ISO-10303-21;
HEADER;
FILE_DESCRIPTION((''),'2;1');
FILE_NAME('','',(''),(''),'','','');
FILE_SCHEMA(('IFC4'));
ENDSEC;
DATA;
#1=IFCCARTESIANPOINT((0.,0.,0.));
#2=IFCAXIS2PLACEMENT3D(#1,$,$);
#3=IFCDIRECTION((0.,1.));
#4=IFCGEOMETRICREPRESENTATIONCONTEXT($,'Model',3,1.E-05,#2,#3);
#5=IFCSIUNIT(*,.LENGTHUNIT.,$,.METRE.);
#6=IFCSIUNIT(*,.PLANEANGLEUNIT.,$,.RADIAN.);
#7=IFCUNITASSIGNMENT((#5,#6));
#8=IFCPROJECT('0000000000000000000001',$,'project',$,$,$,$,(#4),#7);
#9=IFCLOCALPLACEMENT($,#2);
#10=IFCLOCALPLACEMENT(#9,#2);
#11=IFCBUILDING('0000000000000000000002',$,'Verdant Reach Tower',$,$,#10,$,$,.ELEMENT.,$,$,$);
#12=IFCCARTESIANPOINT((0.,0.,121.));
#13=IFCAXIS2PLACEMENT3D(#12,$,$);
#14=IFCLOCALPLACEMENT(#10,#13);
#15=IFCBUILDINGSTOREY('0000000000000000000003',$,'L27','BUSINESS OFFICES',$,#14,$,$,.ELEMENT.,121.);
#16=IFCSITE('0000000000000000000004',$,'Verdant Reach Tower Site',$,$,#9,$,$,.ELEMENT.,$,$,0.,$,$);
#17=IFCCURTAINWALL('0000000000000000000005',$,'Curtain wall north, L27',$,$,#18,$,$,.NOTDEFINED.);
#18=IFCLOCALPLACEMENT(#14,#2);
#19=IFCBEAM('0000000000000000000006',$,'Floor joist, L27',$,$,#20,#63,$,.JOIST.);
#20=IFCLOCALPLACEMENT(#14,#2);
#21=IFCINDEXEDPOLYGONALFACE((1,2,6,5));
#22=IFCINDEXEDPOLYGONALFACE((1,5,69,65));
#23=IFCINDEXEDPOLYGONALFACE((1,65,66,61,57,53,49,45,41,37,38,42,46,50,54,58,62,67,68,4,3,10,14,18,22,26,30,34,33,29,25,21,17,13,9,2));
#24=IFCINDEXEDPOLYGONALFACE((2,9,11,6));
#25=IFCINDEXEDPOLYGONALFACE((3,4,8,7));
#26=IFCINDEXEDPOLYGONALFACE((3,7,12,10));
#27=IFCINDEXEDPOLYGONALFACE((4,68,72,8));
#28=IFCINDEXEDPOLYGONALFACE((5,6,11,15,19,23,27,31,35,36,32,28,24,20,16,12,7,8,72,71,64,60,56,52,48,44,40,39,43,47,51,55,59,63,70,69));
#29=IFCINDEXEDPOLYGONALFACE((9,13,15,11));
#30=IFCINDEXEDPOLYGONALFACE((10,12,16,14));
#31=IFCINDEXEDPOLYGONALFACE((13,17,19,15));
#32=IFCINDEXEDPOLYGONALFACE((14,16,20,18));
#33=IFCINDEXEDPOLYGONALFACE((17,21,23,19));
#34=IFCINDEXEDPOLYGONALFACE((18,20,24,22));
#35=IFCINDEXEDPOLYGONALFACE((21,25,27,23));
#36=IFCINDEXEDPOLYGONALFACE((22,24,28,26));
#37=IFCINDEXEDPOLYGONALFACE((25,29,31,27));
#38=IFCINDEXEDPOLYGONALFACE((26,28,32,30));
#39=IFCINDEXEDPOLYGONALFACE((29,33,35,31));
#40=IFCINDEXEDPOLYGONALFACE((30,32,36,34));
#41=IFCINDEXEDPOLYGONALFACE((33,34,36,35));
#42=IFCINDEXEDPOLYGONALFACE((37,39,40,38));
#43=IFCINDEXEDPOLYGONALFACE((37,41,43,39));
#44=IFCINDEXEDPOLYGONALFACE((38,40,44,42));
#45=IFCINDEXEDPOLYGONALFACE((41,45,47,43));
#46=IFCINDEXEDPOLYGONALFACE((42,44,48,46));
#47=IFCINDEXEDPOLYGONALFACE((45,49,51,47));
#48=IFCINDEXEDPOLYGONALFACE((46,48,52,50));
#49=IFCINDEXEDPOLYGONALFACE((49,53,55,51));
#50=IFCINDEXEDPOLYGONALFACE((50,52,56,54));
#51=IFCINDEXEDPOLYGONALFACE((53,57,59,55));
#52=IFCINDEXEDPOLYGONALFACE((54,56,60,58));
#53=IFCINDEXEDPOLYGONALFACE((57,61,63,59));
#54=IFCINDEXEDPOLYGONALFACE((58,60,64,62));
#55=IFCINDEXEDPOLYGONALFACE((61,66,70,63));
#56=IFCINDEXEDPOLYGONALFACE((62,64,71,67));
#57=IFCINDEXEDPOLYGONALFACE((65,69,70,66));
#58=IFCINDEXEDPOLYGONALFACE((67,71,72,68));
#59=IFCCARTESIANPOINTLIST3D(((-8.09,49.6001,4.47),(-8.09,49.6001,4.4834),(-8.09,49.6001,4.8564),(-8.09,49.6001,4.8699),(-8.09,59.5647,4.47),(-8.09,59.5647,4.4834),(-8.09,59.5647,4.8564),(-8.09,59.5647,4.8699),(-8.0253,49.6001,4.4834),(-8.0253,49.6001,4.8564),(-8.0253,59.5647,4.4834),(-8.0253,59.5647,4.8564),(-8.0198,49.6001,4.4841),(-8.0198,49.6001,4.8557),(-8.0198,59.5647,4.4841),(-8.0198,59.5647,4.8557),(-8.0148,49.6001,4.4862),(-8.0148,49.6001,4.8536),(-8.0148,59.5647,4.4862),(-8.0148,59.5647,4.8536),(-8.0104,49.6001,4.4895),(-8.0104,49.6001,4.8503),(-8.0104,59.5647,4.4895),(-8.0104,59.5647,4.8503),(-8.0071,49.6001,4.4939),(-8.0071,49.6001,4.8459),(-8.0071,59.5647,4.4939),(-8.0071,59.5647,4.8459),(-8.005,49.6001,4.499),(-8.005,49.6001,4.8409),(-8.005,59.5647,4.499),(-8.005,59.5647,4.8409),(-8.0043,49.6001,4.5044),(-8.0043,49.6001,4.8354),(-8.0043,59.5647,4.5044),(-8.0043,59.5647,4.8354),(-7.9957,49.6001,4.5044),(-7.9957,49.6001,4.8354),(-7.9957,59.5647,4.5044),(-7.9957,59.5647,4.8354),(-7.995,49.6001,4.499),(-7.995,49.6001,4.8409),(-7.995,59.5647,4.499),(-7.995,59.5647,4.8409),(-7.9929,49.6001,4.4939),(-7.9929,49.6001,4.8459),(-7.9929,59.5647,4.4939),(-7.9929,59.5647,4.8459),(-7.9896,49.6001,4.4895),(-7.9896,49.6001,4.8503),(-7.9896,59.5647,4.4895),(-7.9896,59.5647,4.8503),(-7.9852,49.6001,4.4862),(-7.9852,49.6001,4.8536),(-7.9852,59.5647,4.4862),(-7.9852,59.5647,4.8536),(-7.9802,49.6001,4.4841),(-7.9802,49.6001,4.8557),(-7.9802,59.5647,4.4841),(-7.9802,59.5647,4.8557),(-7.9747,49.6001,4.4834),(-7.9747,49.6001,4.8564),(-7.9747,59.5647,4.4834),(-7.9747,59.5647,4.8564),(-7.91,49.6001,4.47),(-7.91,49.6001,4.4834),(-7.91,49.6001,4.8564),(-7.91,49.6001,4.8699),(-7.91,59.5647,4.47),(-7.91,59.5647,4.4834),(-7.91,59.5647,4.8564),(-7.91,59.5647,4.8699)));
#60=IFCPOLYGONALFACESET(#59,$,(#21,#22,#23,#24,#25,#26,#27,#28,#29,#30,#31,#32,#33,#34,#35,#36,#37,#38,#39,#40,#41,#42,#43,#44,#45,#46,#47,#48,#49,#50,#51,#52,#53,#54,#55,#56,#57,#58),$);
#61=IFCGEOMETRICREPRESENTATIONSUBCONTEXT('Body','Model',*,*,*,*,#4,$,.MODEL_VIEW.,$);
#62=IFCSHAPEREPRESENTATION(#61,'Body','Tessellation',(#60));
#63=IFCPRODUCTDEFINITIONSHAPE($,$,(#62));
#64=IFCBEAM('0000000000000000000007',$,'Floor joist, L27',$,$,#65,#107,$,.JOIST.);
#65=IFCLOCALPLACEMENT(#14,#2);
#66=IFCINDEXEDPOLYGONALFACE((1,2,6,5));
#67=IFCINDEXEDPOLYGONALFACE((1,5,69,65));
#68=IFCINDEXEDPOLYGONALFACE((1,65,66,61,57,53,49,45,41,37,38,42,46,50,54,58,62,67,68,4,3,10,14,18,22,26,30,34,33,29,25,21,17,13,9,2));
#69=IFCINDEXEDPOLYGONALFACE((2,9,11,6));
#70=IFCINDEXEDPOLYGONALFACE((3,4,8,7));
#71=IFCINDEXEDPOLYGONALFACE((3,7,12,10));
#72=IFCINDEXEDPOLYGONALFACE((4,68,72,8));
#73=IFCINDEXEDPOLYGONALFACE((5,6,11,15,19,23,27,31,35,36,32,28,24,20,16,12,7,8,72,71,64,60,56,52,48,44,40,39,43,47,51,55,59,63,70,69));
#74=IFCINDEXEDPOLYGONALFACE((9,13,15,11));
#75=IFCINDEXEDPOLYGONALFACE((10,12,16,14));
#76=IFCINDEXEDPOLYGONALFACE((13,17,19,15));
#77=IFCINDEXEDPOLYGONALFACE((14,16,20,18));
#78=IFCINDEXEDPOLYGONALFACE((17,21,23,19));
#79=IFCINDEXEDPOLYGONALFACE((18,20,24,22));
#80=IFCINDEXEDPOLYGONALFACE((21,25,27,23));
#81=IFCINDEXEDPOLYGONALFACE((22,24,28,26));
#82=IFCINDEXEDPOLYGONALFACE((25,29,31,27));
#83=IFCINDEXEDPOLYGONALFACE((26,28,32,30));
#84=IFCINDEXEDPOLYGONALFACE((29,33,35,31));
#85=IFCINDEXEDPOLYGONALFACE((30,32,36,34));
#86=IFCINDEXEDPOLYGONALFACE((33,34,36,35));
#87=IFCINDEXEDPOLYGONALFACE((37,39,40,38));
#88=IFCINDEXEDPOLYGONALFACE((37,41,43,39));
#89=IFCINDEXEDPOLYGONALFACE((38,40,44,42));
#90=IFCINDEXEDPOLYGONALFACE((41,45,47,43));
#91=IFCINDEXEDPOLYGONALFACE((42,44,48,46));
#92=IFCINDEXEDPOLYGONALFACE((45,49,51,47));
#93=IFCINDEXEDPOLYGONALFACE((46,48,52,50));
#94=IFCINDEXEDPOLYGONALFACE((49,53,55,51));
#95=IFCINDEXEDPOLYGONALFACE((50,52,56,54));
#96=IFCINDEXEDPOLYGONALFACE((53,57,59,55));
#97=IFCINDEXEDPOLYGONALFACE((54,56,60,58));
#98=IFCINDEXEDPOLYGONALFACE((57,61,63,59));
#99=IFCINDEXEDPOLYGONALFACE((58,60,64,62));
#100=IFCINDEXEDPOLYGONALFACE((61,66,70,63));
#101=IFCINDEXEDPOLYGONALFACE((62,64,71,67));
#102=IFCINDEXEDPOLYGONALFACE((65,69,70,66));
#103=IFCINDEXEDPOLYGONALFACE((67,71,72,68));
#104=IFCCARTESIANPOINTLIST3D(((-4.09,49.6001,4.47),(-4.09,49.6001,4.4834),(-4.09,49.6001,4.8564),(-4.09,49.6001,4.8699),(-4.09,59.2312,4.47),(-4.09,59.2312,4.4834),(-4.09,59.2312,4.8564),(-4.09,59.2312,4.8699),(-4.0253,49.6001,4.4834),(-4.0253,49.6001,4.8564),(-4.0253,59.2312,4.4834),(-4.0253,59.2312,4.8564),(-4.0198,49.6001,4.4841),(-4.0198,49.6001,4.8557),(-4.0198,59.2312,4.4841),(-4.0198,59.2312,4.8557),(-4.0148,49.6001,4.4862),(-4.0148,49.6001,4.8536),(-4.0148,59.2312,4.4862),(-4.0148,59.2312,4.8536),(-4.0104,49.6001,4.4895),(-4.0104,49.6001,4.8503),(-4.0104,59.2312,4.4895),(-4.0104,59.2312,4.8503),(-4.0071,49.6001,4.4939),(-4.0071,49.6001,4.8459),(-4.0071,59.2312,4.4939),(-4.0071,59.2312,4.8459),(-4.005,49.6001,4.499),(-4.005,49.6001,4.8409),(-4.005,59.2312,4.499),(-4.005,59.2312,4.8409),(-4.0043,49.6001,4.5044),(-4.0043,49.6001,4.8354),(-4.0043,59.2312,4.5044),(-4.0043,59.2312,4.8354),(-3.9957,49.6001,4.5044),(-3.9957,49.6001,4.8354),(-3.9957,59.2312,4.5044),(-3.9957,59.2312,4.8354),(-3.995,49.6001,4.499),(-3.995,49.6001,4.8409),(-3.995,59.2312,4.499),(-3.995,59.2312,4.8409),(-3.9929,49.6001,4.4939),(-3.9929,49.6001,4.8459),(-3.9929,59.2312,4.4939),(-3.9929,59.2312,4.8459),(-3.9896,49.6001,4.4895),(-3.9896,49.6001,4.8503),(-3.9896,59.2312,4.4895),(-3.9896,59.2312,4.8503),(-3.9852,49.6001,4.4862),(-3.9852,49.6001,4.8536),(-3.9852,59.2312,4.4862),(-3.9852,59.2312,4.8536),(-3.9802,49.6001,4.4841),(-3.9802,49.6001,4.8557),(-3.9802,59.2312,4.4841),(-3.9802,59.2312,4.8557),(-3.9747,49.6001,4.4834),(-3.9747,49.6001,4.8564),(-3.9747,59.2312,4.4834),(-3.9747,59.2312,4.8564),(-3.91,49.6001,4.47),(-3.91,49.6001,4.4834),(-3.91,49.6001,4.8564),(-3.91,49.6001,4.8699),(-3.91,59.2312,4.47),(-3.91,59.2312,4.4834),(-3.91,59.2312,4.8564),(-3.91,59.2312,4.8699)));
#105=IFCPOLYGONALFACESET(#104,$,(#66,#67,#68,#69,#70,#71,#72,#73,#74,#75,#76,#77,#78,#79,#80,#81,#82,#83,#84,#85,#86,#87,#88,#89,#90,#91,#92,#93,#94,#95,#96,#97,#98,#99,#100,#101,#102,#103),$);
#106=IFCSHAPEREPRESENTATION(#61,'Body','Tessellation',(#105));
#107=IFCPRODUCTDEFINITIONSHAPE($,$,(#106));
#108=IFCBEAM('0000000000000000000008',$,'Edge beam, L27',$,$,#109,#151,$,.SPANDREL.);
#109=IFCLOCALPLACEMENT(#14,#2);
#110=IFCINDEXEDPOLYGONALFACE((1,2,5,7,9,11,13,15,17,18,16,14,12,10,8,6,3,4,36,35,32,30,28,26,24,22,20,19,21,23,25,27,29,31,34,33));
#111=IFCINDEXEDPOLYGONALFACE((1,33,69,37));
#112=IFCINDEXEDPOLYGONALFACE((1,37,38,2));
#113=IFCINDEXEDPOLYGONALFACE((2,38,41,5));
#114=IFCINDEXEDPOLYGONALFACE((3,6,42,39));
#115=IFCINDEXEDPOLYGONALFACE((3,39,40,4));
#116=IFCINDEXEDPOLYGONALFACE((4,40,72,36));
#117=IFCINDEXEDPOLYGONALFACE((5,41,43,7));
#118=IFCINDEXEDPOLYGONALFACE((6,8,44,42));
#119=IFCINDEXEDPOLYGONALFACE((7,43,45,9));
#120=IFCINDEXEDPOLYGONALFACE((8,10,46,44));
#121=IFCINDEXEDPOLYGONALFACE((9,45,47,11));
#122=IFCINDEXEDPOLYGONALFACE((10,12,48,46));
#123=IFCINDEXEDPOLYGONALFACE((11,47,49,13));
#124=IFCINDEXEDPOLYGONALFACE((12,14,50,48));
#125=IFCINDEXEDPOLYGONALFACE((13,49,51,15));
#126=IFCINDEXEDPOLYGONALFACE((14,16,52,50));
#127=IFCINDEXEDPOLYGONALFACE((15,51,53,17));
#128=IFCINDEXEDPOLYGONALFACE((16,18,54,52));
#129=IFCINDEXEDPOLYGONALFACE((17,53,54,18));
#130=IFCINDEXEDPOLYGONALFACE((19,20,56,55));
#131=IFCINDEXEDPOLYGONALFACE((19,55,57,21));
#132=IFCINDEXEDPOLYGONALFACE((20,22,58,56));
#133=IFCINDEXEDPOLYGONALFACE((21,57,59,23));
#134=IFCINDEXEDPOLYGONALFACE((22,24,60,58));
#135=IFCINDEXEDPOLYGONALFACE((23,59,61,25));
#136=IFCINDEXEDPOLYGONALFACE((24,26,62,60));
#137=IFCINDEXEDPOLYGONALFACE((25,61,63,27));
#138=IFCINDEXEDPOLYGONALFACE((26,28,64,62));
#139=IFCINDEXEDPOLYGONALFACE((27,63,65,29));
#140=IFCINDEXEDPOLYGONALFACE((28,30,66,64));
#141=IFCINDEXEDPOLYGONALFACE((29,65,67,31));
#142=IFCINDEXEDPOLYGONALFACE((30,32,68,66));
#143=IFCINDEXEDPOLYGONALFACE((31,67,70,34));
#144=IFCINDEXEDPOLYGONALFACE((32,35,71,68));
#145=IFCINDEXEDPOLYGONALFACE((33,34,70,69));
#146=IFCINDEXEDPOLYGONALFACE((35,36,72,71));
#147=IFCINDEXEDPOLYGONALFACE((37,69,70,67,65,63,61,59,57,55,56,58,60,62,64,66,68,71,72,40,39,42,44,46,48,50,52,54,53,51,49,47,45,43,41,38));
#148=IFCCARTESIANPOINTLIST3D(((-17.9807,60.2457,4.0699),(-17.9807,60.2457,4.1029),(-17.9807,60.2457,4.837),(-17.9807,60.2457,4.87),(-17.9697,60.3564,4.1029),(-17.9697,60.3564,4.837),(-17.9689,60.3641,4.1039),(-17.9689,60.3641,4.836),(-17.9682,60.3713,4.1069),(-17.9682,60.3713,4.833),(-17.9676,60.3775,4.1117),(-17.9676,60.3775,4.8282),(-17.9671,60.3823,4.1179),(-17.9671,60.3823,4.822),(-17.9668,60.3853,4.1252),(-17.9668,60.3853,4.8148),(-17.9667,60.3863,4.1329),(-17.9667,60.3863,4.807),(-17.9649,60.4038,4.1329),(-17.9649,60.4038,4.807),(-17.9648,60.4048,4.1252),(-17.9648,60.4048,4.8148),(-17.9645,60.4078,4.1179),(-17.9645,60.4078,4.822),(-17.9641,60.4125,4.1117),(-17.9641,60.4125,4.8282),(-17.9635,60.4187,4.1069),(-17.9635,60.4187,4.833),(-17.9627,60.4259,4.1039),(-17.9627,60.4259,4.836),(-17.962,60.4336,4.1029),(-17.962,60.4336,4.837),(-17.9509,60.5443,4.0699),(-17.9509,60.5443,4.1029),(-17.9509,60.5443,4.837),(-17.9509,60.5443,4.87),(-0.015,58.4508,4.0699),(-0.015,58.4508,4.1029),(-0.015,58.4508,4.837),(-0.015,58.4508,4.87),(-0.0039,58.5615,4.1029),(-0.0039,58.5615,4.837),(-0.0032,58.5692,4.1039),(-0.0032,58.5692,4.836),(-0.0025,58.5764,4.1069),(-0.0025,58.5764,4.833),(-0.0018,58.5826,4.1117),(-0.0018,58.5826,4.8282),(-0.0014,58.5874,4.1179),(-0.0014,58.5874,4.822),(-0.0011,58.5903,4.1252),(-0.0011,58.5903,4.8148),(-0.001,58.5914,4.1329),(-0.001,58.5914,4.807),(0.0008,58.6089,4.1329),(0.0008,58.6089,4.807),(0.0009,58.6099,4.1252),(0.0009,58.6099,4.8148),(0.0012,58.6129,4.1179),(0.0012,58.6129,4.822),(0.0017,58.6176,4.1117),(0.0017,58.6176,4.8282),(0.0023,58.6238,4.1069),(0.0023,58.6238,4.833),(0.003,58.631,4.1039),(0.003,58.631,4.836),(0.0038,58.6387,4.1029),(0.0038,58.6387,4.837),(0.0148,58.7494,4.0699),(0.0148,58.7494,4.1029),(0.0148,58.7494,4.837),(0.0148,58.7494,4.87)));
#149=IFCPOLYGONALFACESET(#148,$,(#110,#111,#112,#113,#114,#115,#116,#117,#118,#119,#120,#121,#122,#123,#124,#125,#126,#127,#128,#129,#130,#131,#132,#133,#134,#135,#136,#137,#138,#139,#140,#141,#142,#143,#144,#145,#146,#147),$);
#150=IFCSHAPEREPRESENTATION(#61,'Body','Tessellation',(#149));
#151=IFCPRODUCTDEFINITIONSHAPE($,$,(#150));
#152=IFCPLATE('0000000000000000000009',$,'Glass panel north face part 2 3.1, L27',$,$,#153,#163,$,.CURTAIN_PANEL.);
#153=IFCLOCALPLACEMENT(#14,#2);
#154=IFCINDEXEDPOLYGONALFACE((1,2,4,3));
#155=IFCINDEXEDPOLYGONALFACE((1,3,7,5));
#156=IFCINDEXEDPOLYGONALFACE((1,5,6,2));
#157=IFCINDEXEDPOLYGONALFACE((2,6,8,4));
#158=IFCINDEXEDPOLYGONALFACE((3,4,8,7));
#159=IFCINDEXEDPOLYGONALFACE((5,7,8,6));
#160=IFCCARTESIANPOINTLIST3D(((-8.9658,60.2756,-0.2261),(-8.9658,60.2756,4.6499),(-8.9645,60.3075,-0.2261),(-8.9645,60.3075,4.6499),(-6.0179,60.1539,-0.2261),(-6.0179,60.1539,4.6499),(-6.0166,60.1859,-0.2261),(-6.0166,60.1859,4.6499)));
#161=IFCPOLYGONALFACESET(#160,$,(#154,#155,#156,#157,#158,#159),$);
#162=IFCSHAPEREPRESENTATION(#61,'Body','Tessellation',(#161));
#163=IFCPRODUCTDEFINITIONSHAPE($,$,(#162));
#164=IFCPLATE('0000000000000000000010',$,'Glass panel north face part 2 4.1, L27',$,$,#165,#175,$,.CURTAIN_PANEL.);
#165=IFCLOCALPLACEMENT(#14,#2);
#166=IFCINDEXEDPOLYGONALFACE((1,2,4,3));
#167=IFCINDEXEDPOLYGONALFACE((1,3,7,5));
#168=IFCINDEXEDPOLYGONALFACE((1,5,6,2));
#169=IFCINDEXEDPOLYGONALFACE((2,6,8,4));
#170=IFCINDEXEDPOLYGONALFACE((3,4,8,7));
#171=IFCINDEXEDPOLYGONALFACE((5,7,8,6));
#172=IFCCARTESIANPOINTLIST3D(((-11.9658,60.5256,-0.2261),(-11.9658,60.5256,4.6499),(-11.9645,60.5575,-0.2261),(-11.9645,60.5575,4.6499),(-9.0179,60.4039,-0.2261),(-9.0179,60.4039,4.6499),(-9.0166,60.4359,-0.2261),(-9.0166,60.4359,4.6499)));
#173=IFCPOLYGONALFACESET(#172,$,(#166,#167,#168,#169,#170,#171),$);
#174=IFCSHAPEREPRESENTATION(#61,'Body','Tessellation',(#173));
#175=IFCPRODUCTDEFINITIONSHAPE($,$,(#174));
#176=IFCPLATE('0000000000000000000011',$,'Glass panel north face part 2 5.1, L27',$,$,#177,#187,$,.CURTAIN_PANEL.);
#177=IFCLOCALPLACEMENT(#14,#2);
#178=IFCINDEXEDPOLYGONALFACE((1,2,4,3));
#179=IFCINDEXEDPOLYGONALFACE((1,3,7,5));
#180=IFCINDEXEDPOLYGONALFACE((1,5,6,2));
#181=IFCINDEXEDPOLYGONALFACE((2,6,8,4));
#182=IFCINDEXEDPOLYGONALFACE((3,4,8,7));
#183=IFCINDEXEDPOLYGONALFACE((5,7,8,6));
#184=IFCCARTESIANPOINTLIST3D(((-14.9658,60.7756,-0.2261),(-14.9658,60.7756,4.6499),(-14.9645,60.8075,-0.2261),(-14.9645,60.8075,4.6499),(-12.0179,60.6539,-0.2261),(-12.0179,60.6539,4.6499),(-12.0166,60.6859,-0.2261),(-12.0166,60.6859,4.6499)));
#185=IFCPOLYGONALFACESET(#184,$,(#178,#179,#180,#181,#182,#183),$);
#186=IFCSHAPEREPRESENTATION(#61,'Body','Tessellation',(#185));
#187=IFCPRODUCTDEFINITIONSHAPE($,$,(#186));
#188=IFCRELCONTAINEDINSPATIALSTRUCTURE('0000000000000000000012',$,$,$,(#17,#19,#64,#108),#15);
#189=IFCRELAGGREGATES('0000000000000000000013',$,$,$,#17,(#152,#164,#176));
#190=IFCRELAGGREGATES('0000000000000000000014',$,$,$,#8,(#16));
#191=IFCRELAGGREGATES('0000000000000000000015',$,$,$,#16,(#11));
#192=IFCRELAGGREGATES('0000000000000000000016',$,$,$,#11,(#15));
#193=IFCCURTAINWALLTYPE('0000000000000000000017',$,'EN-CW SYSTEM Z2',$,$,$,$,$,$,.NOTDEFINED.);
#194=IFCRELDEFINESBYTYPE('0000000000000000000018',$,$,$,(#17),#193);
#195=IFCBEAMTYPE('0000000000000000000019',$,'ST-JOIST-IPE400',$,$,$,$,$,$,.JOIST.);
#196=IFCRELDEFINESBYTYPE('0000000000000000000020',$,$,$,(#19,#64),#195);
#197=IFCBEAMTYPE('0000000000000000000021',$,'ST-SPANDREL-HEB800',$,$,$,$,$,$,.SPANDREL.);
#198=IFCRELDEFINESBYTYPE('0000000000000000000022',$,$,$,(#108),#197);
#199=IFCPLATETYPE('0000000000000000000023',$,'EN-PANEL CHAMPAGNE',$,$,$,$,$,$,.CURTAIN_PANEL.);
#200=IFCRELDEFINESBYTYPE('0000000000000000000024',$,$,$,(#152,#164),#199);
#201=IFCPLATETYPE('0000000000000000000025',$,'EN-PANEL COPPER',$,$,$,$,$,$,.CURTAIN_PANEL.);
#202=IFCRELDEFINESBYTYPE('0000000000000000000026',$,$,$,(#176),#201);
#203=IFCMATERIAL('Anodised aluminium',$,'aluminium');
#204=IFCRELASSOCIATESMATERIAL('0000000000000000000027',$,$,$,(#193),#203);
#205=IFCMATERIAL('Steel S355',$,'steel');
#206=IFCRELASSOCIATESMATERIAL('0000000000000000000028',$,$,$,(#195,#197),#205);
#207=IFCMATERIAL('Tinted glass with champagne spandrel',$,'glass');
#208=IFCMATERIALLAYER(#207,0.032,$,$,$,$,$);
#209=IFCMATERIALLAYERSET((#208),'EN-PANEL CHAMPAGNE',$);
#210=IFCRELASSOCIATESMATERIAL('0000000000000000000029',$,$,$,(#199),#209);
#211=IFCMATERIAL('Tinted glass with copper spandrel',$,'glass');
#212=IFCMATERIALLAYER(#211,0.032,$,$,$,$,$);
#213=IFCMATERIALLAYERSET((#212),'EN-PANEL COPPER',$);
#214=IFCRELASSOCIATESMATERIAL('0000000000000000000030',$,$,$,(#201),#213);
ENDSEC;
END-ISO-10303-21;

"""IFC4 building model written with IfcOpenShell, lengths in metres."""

from ifc_helpers import new_model, si_unit, direction, frame, origin, origin_2d, place, context, subcontext, project, spatial, rectangle, i_section, extrude, material, layer, layer_set, material_profile, profile_set, type_object, element, aggregate, save


model = new_model("IFC4")

# Units and contexts
model_context = context("Model", 3, precision=1e-05, world=origin(), true_north=direction((0.0, 1.0)))
body_context = subcontext(model_context, "Body", "Model", "MODEL_VIEW")
ifc_project = project(units=[si_unit("LENGTHUNIT", "METRE"), si_unit("PLANEANGLEUNIT", "RADIAN")], contexts=[model_context])

# Site, building, storey
site_placement = place(None, origin())
site = spatial("IfcSite", under=ifc_project, at=site_placement, Name="Verdant Reach Tower Site", CompositionType="ELEMENT", RefElevation=0.0)
building_placement = place(site_placement, origin())
building = spatial("IfcBuilding", under=site, at=building_placement, Name="Verdant Reach Tower", CompositionType="ELEMENT")
storey_placement = place(building_placement, frame((0.0, 0.0, 121.0)))
storey = spatial("IfcBuildingStorey", under=building, at=storey_placement, Name="L27", Description="BUSINESS OFFICES", CompositionType="ELEMENT", Elevation=121.0)

# Curtain wall
ifc_material_1 = material(Name="Anodised aluminium", Category="aluminium")
curtain_wall_type = type_object("IfcCurtainWallType", Name="EN-CW SYSTEM Z2", PredefinedType="NOTDEFINED", material=ifc_material_1)
curtain_wall_1_placement = place(storey_placement, origin())
curtain_wall_1 = element("IfcCurtainWall", 1, at=curtain_wall_1_placement, inside=storey, type_object=curtain_wall_type, Name="Curtain wall north, L27", PredefinedType="NOTDEFINED")

# Beams
ifc_material_2 = material(Name="Steel S355", Category="steel")
ifc_material_profile_1 = material_profile(ifc_material_2, i_section(OverallWidth=0.1799, OverallDepth=0.3999, WebThickness=0.0085, FlangeThickness=0.0134, FilletRadius=0.021, at=origin_2d()), Name="IPE 400")
ifc_profile_set_1 = profile_set([ifc_material_profile_1], Name="Steel S355")
beam_type_1 = type_object("IfcBeamType", Name="ST-JOIST-IPE400", PredefinedType="JOIST", material=ifc_profile_set_1)
beam_1_placement = place(storey_placement, frame((-8.0, 49.6001, 4.6699), z_axis=(0.0, 1.0, 0.0), x_axis=(-1.0, 0.0, 0.0)))
element("IfcBeam", 2, at=beam_1_placement, inside=storey, type_object=beam_type_1, Name="Floor joist, L27", PredefinedType="JOIST", context=body_context, shape_type="SweptSolid", body=[
    extrude(i_section(OverallWidth=0.1799, OverallDepth=0.3999, WebThickness=0.0085, FlangeThickness=0.0134, FilletRadius=0.021, at=origin_2d()), origin(), (0.0, 0.0, 1.0), 9.9646),
])
beam_2_placement = place(storey_placement, frame((-4.0, 49.6001, 4.6699), z_axis=(0.0, 1.0, 0.0), x_axis=(-1.0, 0.0, 0.0)))
element("IfcBeam", 3, at=beam_2_placement, inside=storey, type_object=beam_type_1, Name="Floor joist, L27", PredefinedType="JOIST", context=body_context, shape_type="SweptSolid", body=[
    extrude(i_section(OverallWidth=0.1799, OverallDepth=0.3999, WebThickness=0.0085, FlangeThickness=0.0134, FilletRadius=0.021, at=origin_2d()), origin(), (0.0, 0.0, 1.0), 9.6311),
])
ifc_material_profile_2 = material_profile(ifc_material_2, i_section(OverallWidth=0.3, OverallDepth=0.8, WebThickness=0.0176, FlangeThickness=0.033, FilletRadius=0.03, at=origin_2d()), Name="HEB 800")
ifc_profile_set_2 = profile_set([ifc_material_profile_2], Name="Steel S355")
beam_type_2 = type_object("IfcBeamType", Name="ST-SPANDREL-HEB800", PredefinedType="SPANDREL", material=ifc_profile_set_2)
beam_3_placement = place(storey_placement, frame((-17.9658, 60.395, 4.47), z_axis=(0.995046, -0.099413, 0.0), x_axis=(0.099413, 0.995046, 0.0)))
element("IfcBeam", 4, at=beam_3_placement, inside=storey, type_object=beam_type_2, Name="Edge beam, L27", PredefinedType="SPANDREL", context=body_context, shape_type="SweptSolid", body=[
    extrude(i_section(OverallWidth=0.3, OverallDepth=0.8, WebThickness=0.0176, FlangeThickness=0.033, FilletRadius=0.03, at=origin_2d()), origin(), (0.0, 0.0, 1.0), 18.0552),
])

# Plates
ifc_material_3 = material(Name="Tinted glass with champagne spandrel", Category="glass")
ifc_layer_1 = layer(ifc_material_3, 0.032)
ifc_layer_set_1 = layer_set([ifc_layer_1], Name="EN-PANEL CHAMPAGNE")
plate_type_1 = type_object("IfcPlateType", Name="EN-PANEL CHAMPAGNE", PredefinedType="CURTAIN_PANEL", material=ifc_layer_set_1)
plate_1_placement = place(storey_placement, frame((-7.4912, 60.2307, -0.2261), z_axis=(0.0, 0.0, 1.0), x_axis=(-0.999149, 0.041242, 0.0)))
plate_1 = element("IfcPlate", 5, at=plate_1_placement, type_object=plate_type_1, Name="Glass panel north face part 2 3.1, L27", PredefinedType="CURTAIN_PANEL", context=body_context, shape_type="SweptSolid", body=[
    extrude(rectangle(XDim=2.9504, YDim=0.032, at=origin_2d()), origin(), (0.0, 0.0, 1.0), 4.876),
])
plate_2_placement = place(storey_placement, frame((-10.4912, 60.4807, -0.2261), z_axis=(0.0, 0.0, 1.0), x_axis=(-0.999149, 0.041242, 0.0)))
plate_2 = element("IfcPlate", 6, at=plate_2_placement, type_object=plate_type_1, Name="Glass panel north face part 2 4.1, L27", PredefinedType="CURTAIN_PANEL", context=body_context, shape_type="SweptSolid", body=[
    extrude(rectangle(XDim=2.9504, YDim=0.032, at=origin_2d()), origin(), (0.0, 0.0, 1.0), 4.876),
])
ifc_material_4 = material(Name="Tinted glass with copper spandrel", Category="glass")
ifc_layer_2 = layer(ifc_material_4, 0.032)
ifc_layer_set_2 = layer_set([ifc_layer_2], Name="EN-PANEL COPPER")
plate_type_2 = type_object("IfcPlateType", Name="EN-PANEL COPPER", PredefinedType="CURTAIN_PANEL", material=ifc_layer_set_2)
plate_3_placement = place(storey_placement, frame((-13.4912, 60.7307, -0.2261), z_axis=(0.0, 0.0, 1.0), x_axis=(-0.999149, 0.041242, 0.0)))
plate_3 = element("IfcPlate", 7, at=plate_3_placement, type_object=plate_type_2, Name="Glass panel north face part 2 5.1, L27", PredefinedType="CURTAIN_PANEL", context=body_context, shape_type="SweptSolid", body=[
    extrude(rectangle(XDim=2.9504, YDim=0.032, at=origin_2d()), origin(), (0.0, 0.0, 1.0), 4.876),
])
aggregate(curtain_wall_1, [plate_1, plate_2, plate_3])

save(model, "model.ifc")
